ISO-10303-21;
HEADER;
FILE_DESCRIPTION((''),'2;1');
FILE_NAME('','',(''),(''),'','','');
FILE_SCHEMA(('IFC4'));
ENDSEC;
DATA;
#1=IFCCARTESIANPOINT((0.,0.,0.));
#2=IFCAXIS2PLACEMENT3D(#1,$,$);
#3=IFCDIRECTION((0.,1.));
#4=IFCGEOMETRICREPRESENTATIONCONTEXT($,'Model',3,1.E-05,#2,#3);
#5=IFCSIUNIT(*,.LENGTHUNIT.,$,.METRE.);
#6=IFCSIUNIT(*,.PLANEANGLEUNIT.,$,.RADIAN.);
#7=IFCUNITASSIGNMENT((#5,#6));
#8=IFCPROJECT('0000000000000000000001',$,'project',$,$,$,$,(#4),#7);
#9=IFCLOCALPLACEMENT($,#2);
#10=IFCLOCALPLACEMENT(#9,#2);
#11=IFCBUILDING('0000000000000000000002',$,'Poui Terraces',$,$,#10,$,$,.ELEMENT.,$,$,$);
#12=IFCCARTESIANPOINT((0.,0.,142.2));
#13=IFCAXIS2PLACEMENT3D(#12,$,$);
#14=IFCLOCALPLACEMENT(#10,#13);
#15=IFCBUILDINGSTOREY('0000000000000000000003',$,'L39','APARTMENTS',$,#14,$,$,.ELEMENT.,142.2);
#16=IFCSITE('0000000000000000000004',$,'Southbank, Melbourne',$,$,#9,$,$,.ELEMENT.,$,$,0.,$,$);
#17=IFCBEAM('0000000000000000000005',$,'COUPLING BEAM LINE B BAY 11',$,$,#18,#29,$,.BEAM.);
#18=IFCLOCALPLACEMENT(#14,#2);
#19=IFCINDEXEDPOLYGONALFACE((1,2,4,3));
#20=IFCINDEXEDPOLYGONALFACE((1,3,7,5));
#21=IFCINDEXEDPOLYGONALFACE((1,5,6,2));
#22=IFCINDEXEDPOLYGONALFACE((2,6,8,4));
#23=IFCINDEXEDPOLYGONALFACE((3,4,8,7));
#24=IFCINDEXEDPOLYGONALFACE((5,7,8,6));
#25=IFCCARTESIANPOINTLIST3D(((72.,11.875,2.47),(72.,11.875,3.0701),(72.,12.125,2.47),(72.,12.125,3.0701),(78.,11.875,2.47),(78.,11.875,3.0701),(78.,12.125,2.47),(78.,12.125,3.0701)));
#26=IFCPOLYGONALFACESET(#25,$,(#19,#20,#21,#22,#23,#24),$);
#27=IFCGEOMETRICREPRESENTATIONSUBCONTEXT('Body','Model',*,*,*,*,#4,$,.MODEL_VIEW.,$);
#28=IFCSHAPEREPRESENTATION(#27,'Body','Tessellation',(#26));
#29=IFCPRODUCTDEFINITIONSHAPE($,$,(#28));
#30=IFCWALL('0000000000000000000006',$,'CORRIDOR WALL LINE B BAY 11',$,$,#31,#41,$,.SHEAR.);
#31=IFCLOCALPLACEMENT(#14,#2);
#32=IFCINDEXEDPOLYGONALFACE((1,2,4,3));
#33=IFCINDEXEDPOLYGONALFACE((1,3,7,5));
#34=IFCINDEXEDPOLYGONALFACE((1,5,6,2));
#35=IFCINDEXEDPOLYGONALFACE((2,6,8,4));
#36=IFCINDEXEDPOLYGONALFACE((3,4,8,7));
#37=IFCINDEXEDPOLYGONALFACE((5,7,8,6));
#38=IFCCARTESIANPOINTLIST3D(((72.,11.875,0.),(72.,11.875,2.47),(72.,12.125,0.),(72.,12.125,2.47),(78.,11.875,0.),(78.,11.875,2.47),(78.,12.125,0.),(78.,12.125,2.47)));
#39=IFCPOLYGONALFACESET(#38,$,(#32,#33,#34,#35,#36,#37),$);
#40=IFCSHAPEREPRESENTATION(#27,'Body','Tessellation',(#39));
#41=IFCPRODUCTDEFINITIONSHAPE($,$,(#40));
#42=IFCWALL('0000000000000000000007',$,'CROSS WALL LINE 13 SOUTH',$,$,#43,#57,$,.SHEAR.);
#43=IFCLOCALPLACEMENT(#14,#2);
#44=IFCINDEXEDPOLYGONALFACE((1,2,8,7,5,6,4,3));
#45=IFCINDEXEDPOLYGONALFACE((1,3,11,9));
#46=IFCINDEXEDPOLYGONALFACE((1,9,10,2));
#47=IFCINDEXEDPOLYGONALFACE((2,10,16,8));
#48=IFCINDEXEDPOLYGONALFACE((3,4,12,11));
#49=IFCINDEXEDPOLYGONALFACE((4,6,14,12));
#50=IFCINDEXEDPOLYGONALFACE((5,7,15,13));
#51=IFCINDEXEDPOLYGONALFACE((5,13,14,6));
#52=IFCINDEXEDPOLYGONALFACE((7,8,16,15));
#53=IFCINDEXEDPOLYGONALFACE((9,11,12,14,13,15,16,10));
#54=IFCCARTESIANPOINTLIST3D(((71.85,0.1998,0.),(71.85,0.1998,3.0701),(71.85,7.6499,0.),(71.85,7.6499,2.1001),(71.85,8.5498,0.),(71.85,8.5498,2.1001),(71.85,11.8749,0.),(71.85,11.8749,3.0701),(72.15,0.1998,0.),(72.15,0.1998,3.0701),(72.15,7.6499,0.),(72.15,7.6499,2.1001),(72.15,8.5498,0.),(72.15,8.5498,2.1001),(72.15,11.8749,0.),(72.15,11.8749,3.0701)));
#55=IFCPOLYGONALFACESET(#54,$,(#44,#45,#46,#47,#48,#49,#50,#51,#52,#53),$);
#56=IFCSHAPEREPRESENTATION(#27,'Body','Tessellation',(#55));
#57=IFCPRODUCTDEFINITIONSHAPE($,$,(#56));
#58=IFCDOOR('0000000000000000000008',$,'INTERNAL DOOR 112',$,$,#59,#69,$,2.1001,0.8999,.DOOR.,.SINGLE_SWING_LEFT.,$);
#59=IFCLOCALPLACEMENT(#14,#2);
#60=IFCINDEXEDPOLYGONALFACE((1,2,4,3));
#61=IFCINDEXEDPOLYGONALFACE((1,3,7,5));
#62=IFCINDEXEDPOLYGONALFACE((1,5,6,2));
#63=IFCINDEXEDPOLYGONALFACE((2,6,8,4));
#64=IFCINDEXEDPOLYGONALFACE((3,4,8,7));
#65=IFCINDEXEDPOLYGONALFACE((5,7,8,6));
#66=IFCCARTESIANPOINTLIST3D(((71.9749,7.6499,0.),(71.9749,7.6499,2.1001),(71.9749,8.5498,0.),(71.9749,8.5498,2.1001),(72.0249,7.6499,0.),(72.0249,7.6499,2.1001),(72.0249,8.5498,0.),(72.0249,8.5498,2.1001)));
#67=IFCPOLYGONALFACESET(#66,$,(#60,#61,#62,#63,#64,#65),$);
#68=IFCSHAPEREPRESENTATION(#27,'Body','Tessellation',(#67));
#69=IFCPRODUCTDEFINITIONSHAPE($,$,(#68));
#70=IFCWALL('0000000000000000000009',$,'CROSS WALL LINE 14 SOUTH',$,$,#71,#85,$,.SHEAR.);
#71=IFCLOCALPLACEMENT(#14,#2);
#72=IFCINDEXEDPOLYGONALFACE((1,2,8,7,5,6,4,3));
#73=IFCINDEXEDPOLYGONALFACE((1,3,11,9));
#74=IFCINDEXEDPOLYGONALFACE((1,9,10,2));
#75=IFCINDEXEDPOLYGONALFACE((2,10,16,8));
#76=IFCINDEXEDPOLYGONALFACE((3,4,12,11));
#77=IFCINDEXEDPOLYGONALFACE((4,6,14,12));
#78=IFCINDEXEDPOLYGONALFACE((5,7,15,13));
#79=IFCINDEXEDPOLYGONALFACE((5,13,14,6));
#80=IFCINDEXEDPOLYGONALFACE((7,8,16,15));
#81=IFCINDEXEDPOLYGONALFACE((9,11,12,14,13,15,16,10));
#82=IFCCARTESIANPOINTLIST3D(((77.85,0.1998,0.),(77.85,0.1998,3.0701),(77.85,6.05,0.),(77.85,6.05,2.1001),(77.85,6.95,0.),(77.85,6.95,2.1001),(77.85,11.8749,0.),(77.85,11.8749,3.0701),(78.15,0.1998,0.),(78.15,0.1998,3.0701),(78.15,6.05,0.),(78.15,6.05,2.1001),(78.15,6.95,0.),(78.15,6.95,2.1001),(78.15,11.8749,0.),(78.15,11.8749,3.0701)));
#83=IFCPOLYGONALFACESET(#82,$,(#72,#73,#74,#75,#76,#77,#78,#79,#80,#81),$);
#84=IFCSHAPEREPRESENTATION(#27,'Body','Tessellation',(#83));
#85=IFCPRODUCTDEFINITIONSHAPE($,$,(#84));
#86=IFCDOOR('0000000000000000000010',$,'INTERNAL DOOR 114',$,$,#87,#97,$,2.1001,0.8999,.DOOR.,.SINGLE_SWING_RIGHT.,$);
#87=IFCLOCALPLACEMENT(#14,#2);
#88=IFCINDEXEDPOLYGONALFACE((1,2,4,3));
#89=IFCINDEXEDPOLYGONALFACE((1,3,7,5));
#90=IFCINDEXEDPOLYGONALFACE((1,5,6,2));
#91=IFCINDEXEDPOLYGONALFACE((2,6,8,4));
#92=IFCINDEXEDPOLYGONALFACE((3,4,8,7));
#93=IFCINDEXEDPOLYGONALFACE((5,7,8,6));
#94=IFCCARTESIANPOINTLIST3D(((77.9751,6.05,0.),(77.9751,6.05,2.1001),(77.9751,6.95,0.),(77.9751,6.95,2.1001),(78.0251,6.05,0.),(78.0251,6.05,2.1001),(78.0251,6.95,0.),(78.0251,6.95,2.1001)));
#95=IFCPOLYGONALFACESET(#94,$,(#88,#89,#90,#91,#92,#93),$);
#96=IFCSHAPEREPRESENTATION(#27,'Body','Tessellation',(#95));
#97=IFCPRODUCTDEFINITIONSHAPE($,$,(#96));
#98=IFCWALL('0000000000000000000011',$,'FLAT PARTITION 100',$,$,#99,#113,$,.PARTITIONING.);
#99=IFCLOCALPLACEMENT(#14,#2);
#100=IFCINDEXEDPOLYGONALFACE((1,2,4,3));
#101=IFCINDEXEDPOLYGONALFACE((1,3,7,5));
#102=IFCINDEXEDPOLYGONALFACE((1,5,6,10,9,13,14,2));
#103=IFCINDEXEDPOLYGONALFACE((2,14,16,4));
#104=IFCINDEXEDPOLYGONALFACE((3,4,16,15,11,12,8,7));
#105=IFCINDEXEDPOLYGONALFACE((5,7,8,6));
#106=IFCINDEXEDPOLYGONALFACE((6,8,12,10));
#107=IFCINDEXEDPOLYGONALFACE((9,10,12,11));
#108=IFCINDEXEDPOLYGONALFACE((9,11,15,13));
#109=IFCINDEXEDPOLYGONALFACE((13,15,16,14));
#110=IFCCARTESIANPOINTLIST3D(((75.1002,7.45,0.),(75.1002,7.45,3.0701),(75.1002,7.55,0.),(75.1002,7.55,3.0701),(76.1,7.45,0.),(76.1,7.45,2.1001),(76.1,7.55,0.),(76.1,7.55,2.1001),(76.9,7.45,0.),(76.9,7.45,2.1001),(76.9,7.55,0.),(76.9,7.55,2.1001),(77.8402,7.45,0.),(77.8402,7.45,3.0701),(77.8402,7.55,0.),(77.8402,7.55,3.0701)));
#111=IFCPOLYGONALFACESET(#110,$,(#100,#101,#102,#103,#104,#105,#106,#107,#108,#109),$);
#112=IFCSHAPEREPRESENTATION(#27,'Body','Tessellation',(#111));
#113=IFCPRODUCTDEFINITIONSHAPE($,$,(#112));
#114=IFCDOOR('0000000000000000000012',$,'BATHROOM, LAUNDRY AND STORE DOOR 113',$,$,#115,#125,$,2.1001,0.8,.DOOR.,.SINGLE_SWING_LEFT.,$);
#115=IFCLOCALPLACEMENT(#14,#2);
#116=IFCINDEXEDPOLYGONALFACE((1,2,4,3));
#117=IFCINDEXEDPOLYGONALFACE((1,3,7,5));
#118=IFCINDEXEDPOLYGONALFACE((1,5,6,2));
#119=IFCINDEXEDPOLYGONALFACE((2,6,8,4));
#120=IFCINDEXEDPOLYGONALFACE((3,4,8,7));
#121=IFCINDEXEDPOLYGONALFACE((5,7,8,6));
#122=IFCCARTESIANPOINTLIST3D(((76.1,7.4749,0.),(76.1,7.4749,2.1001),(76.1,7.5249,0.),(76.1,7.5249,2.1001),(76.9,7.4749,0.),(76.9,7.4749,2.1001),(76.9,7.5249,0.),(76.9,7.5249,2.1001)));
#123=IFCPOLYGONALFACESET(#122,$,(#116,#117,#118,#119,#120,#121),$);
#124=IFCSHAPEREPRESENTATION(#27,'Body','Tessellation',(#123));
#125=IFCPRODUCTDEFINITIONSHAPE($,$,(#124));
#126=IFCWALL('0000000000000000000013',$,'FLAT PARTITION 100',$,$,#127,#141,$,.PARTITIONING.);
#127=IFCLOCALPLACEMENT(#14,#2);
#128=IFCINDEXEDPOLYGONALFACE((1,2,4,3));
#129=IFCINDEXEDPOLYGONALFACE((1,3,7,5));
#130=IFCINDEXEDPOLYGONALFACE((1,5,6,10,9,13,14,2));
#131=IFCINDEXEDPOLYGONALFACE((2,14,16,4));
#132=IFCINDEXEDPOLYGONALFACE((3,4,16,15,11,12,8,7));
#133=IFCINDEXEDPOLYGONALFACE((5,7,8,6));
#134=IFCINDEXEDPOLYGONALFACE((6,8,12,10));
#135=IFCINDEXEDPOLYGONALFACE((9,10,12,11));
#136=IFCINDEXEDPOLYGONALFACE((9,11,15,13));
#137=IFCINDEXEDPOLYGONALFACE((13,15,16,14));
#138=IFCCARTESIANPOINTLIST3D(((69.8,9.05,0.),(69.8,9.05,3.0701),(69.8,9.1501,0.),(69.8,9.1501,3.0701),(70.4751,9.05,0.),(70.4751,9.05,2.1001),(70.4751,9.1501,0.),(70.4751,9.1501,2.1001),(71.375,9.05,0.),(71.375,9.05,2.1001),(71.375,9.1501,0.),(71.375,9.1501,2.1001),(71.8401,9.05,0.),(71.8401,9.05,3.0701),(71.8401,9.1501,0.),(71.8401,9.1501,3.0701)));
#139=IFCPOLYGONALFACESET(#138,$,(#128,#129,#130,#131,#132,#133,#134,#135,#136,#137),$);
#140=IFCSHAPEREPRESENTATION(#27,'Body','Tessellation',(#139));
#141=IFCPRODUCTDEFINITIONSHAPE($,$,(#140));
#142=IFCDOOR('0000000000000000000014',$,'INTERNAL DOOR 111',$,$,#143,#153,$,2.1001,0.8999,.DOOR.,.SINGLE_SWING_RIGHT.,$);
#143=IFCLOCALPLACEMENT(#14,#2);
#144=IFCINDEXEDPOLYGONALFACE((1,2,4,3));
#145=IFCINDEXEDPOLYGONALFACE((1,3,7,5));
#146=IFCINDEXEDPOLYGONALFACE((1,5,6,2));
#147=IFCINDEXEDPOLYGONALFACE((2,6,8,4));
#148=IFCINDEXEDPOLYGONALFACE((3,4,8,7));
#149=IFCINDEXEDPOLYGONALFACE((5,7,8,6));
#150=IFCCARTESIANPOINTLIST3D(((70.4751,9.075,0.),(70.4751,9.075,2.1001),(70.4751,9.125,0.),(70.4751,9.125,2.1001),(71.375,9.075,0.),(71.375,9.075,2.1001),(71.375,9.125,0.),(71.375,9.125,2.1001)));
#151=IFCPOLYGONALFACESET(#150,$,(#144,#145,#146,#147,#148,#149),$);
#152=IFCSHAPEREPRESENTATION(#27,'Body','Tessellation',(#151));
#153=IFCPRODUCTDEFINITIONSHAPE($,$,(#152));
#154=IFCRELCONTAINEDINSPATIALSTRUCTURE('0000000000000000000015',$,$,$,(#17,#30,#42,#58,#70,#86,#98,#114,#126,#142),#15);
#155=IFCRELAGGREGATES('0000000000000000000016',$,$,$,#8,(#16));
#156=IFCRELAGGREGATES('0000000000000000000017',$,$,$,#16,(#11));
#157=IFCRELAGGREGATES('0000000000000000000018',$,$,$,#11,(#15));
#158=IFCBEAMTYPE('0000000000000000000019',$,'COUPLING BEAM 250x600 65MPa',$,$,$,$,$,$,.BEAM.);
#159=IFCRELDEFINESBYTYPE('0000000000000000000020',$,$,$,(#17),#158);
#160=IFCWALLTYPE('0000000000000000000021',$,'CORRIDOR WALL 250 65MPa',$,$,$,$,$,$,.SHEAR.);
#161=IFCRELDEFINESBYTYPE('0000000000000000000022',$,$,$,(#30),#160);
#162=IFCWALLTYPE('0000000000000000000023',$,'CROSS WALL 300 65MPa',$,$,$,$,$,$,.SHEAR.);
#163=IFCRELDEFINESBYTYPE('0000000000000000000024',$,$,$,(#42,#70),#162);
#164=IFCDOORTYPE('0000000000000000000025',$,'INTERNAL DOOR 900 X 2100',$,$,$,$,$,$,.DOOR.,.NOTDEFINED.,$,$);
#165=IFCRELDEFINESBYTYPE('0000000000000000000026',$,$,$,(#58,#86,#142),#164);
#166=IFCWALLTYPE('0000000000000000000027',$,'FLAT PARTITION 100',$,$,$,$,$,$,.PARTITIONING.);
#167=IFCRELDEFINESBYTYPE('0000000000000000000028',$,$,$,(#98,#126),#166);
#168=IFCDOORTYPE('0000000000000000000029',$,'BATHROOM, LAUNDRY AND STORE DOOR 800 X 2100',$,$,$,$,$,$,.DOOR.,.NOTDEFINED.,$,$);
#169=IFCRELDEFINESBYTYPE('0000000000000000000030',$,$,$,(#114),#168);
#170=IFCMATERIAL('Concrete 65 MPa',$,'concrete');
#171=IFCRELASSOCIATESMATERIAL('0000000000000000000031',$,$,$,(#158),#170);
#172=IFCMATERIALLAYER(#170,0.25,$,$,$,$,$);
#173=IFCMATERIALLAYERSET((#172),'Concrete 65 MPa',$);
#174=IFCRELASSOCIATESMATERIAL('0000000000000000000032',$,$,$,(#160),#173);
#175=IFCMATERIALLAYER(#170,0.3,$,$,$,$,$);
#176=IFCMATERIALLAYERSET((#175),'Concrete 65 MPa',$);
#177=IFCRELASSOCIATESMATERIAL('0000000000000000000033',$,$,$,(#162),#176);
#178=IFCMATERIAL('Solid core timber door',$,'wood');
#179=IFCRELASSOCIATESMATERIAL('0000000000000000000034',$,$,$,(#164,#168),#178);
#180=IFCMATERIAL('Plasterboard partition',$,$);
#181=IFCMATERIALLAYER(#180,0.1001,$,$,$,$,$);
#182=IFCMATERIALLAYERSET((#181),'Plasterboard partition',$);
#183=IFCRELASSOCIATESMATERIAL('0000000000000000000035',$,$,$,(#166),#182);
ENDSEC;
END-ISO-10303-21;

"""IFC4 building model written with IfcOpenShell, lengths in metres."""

from ifc_helpers import new_model, si_unit, direction, frame, frame_2d, origin, origin_2d, place, context, subcontext, project, spatial, rectangle, extrude, source, transform, mapped, material, layer, layer_set, material_profile, profile_set, type_object, element, fill, save


model = new_model("IFC4")

# Units and contexts
model_context = context("Model", 3, precision=1e-05, world=origin(), true_north=direction((0.0, 1.0)))
body_context = subcontext(model_context, "Body", "Model", "MODEL_VIEW")
ifc_project = project(units=[si_unit("LENGTHUNIT", "METRE"), si_unit("PLANEANGLEUNIT", "RADIAN")], contexts=[model_context])

# Site, building, storey
site_placement = place(None, origin())
site = spatial("IfcSite", under=ifc_project, at=site_placement, Name="Southbank, Melbourne", CompositionType="ELEMENT", RefElevation=0.0)
building_placement = place(site_placement, origin())
building = spatial("IfcBuilding", under=site, at=building_placement, Name="Poui Terraces", CompositionType="ELEMENT")
storey_placement = place(building_placement, frame((0.0, 0.0, 142.2)))
storey = spatial("IfcBuildingStorey", under=building, at=storey_placement, Name="L39", Description="APARTMENTS", CompositionType="ELEMENT", Elevation=142.2)

# Beam
ifc_material_1 = material(Name="Concrete 65 MPa", Category="concrete")
ifc_material_profile = material_profile(ifc_material_1, rectangle(XDim=0.25, YDim=0.6001, at=origin_2d()), Name="RC 250x600")
ifc_profile_set = profile_set([ifc_material_profile], Name="Concrete 65 MPa")
beam_type = type_object("IfcBeamType", Name="COUPLING BEAM 250x600 65MPa", PredefinedType="BEAM", material=ifc_profile_set)
shared_shape = source(origin(), body_context, "Body", "SweptSolid", [
    extrude(rectangle(XDim=0.25, YDim=0.6001, at=origin_2d()), origin(), (0.0, 0.0, 1.0), 6.0),
])
beam_placement = place(storey_placement, frame((72.0, 12.0, 2.77), z_axis=(1.0, 0.0, 0.0), x_axis=(0.0, 1.0, 0.0)))
element("IfcBeam", 1, at=beam_placement, inside=storey, type_object=beam_type, Name="COUPLING BEAM LINE B BAY 11", PredefinedType="BEAM", context=body_context, shape_type="MappedRepresentation", body=[
    mapped(shared_shape, transform((0.0, 0.0, 0.0))),
])

# Wall
ifc_layer_1 = layer(ifc_material_1, 0.25)
ifc_layer_set_1 = layer_set([ifc_layer_1], Name="Concrete 65 MPa")
wall_type_1 = type_object("IfcWallType", Name="CORRIDOR WALL 250 65MPa", PredefinedType="SHEAR", material=ifc_layer_set_1)
wall_1_placement = place(storey_placement, frame((72.0, 12.0, 0.0), z_axis=(0.0, 0.0, 1.0), x_axis=(1.0, 0.0, 0.0)))
element("IfcWall", 2, at=wall_1_placement, inside=storey, type_object=wall_type_1, Name="CORRIDOR WALL LINE B BAY 11", PredefinedType="SHEAR", context=body_context, shape_type="SweptSolid", body=[
    extrude(rectangle(XDim=6.0, YDim=0.25, at=frame_2d((3.0, 0.0))), origin(), (0.0, 0.0, 1.0), 2.47),
])

# Walls, openings, doors
ifc_layer_2 = layer(ifc_material_1, 0.3)
ifc_layer_set_2 = layer_set([ifc_layer_2], Name="Concrete 65 MPa")
wall_type_2 = type_object("IfcWallType", Name="CROSS WALL 300 65MPa", PredefinedType="SHEAR", material=ifc_layer_set_2)
wall_2_placement = place(storey_placement, frame((72.0, 0.2, 0.0), z_axis=(0.0, 0.0, 1.0), x_axis=(0.0, 1.0, 0.0)))
wall_2 = element("IfcWall", 3, at=wall_2_placement, inside=storey, type_object=wall_type_2, Name="CROSS WALL LINE 13 SOUTH", PredefinedType="SHEAR", context=body_context, shape_type="SweptSolid", body=[
    extrude(rectangle(XDim=11.675, YDim=0.3, at=frame_2d((5.8374, 0.0))), origin(), (0.0, 0.0, 1.0), 3.0701),
])
opening_1_placement = place(wall_2_placement, frame((7.45, 0.0, 0.0)))
opening_1 = element("IfcOpeningElement", 4, at=opening_1_placement, cuts=wall_2, PredefinedType="OPENING", context=body_context, shape_type="SweptSolid", body=[
    extrude(rectangle(XDim=0.8999, YDim=2.1001, at=frame_2d((0.45, 1.05))), frame((0.0, 0.1602, 0.0), z_axis=(0.0, -1.0, 0.0), x_axis=(1.0, 0.0, 0.0)), (0.0, 0.0, 1.0), 0.3201),
])
ifc_material_2 = material(Name="Solid core timber door", Category="wood")
door_type_1 = type_object("IfcDoorType", Name="INTERNAL DOOR 900 X 2100", OperationType="NOTDEFINED", PredefinedType="DOOR", material=ifc_material_2)
door_1_placement = place(opening_1_placement, frame((0.8999, 0.0, 0.0), z_axis=(0.0, 0.0, 1.0), x_axis=(-1.0, 0.0, 0.0)))
door_1 = element("IfcDoor", 5, at=door_1_placement, inside=storey, type_object=door_type_1, Name="INTERNAL DOOR 112", OperationType="SINGLE_SWING_LEFT", OverallHeight=2.1001, OverallWidth=0.8999, PredefinedType="DOOR", context=body_context, shape_type="SweptSolid", body=[
    extrude(rectangle(XDim=0.8999, YDim=2.1001, at=frame_2d((0.45, 1.05))), frame((0.0, 0.0249, 0.0), z_axis=(0.0, -1.0, 0.0), x_axis=(1.0, 0.0, 0.0)), (0.0, 0.0, 1.0), 0.05),
])
fill(opening_1, door_1)
wall_3_placement = place(storey_placement, frame((78.0, 0.2, 0.0), z_axis=(0.0, 0.0, 1.0), x_axis=(0.0, 1.0, 0.0)))
wall_3 = element("IfcWall", 6, at=wall_3_placement, inside=storey, type_object=wall_type_2, Name="CROSS WALL LINE 14 SOUTH", PredefinedType="SHEAR", context=body_context, shape_type="SweptSolid", body=[
    extrude(rectangle(XDim=11.675, YDim=0.3, at=frame_2d((5.8374, 0.0))), origin(), (0.0, 0.0, 1.0), 3.0701),
])
opening_2_placement = place(wall_3_placement, frame((5.8501, 0.0, 0.0)))
opening_2 = element("IfcOpeningElement", 7, at=opening_2_placement, cuts=wall_3, PredefinedType="OPENING", context=body_context, shape_type="SweptSolid", body=[
    extrude(rectangle(XDim=0.8999, YDim=2.1001, at=frame_2d((0.45, 1.05))), frame((0.0, 0.1602, 0.0), z_axis=(0.0, -1.0, 0.0), x_axis=(1.0, 0.0, 0.0)), (0.0, 0.0, 1.0), 0.3201),
])
door_2_placement = place(opening_2_placement, origin())
door_2 = element("IfcDoor", 8, at=door_2_placement, inside=storey, type_object=door_type_1, Name="INTERNAL DOOR 114", OperationType="SINGLE_SWING_RIGHT", OverallHeight=2.1001, OverallWidth=0.8999, PredefinedType="DOOR", context=body_context, shape_type="SweptSolid", body=[
    extrude(rectangle(XDim=0.8999, YDim=2.1001, at=frame_2d((0.45, 1.05))), frame((0.0, 0.0249, 0.0), z_axis=(0.0, -1.0, 0.0), x_axis=(1.0, 0.0, 0.0)), (0.0, 0.0, 1.0), 0.05),
])
fill(opening_2, door_2)
ifc_material_3 = material(Name="Plasterboard partition")
ifc_layer_3 = layer(ifc_material_3, 0.1001)
ifc_layer_set_3 = layer_set([ifc_layer_3], Name="Plasterboard partition")
wall_type_3 = type_object("IfcWallType", Name="FLAT PARTITION 100", PredefinedType="PARTITIONING", material=ifc_layer_set_3)
wall_4_placement = place(storey_placement, frame((75.1001, 7.5, 0.0), z_axis=(0.0, 0.0, 1.0), x_axis=(1.0, 0.0, 0.0)))
wall_4 = element("IfcWall", 9, at=wall_4_placement, inside=storey, type_object=wall_type_3, Name="FLAT PARTITION 100", PredefinedType="PARTITIONING", context=body_context, shape_type="SweptSolid", body=[
    extrude(rectangle(XDim=2.74, YDim=0.1001, at=frame_2d((1.3701, 0.0))), origin(), (0.0, 0.0, 1.0), 3.0701),
])
opening_3_placement = place(wall_4_placement, frame((1.0, 0.0, 0.0)))
opening_3 = element("IfcOpeningElement", 10, at=opening_3_placement, cuts=wall_4, PredefinedType="OPENING", context=body_context, shape_type="SweptSolid", body=[
    extrude(rectangle(XDim=0.8, YDim=2.1001, at=frame_2d((0.3999, 1.05))), frame((0.0, 0.0601, 0.0), z_axis=(0.0, -1.0, 0.0), x_axis=(1.0, 0.0, 0.0)), (0.0, 0.0, 1.0), 0.1201),
])
door_type_2 = type_object("IfcDoorType", Name="BATHROOM, LAUNDRY AND STORE DOOR 800 X 2100", OperationType="NOTDEFINED", PredefinedType="DOOR", material=ifc_material_2)
door_3_placement = place(opening_3_placement, origin())
door_3 = element("IfcDoor", 11, at=door_3_placement, inside=storey, type_object=door_type_2, Name="BATHROOM, LAUNDRY AND STORE DOOR 113", OperationType="SINGLE_SWING_LEFT", OverallHeight=2.1001, OverallWidth=0.8, PredefinedType="DOOR", context=body_context, shape_type="SweptSolid", body=[
    extrude(rectangle(XDim=0.8, YDim=2.1001, at=frame_2d((0.3999, 1.05))), frame((0.0, 0.0249, 0.0), z_axis=(0.0, -1.0, 0.0), x_axis=(1.0, 0.0, 0.0)), (0.0, 0.0, 1.0), 0.05),
])
fill(opening_3, door_3)
wall_5_placement = place(storey_placement, frame((69.8, 9.1001, 0.0), z_axis=(0.0, 0.0, 1.0), x_axis=(1.0, 0.0, 0.0)))
wall_5 = element("IfcWall", 12, at=wall_5_placement, inside=storey, type_object=wall_type_3, Name="FLAT PARTITION 100", PredefinedType="PARTITIONING", context=body_context, shape_type="SweptSolid", body=[
    extrude(rectangle(XDim=2.04, YDim=0.1001, at=frame_2d((1.02, 0.0))), origin(), (0.0, 0.0, 1.0), 3.0701),
])
opening_4_placement = place(wall_5_placement, frame((0.675, 0.0, 0.0)))
opening_4 = element("IfcOpeningElement", 13, at=opening_4_placement, cuts=wall_5, PredefinedType="OPENING", context=body_context, shape_type="SweptSolid", body=[
    extrude(rectangle(XDim=0.8999, YDim=2.1001, at=frame_2d((0.45, 1.05))), frame((0.0, 0.0601, 0.0), z_axis=(0.0, -1.0, 0.0), x_axis=(1.0, 0.0, 0.0)), (0.0, 0.0, 1.0), 0.1201),
])
door_4_placement = place(opening_4_placement, origin())
door_4 = element("IfcDoor", 14, at=door_4_placement, inside=storey, type_object=door_type_1, Name="INTERNAL DOOR 111", OperationType="SINGLE_SWING_RIGHT", OverallHeight=2.1001, OverallWidth=0.8999, PredefinedType="DOOR", context=body_context, shape_type="SweptSolid", body=[
    extrude(rectangle(XDim=0.8999, YDim=2.1001, at=frame_2d((0.45, 1.05))), frame((0.0, 0.0249, 0.0), z_axis=(0.0, -1.0, 0.0), x_axis=(1.0, 0.0, 0.0)), (0.0, 0.0, 1.0), 0.05),
])
fill(opening_4, door_4)

save(model, "model.ifc")
